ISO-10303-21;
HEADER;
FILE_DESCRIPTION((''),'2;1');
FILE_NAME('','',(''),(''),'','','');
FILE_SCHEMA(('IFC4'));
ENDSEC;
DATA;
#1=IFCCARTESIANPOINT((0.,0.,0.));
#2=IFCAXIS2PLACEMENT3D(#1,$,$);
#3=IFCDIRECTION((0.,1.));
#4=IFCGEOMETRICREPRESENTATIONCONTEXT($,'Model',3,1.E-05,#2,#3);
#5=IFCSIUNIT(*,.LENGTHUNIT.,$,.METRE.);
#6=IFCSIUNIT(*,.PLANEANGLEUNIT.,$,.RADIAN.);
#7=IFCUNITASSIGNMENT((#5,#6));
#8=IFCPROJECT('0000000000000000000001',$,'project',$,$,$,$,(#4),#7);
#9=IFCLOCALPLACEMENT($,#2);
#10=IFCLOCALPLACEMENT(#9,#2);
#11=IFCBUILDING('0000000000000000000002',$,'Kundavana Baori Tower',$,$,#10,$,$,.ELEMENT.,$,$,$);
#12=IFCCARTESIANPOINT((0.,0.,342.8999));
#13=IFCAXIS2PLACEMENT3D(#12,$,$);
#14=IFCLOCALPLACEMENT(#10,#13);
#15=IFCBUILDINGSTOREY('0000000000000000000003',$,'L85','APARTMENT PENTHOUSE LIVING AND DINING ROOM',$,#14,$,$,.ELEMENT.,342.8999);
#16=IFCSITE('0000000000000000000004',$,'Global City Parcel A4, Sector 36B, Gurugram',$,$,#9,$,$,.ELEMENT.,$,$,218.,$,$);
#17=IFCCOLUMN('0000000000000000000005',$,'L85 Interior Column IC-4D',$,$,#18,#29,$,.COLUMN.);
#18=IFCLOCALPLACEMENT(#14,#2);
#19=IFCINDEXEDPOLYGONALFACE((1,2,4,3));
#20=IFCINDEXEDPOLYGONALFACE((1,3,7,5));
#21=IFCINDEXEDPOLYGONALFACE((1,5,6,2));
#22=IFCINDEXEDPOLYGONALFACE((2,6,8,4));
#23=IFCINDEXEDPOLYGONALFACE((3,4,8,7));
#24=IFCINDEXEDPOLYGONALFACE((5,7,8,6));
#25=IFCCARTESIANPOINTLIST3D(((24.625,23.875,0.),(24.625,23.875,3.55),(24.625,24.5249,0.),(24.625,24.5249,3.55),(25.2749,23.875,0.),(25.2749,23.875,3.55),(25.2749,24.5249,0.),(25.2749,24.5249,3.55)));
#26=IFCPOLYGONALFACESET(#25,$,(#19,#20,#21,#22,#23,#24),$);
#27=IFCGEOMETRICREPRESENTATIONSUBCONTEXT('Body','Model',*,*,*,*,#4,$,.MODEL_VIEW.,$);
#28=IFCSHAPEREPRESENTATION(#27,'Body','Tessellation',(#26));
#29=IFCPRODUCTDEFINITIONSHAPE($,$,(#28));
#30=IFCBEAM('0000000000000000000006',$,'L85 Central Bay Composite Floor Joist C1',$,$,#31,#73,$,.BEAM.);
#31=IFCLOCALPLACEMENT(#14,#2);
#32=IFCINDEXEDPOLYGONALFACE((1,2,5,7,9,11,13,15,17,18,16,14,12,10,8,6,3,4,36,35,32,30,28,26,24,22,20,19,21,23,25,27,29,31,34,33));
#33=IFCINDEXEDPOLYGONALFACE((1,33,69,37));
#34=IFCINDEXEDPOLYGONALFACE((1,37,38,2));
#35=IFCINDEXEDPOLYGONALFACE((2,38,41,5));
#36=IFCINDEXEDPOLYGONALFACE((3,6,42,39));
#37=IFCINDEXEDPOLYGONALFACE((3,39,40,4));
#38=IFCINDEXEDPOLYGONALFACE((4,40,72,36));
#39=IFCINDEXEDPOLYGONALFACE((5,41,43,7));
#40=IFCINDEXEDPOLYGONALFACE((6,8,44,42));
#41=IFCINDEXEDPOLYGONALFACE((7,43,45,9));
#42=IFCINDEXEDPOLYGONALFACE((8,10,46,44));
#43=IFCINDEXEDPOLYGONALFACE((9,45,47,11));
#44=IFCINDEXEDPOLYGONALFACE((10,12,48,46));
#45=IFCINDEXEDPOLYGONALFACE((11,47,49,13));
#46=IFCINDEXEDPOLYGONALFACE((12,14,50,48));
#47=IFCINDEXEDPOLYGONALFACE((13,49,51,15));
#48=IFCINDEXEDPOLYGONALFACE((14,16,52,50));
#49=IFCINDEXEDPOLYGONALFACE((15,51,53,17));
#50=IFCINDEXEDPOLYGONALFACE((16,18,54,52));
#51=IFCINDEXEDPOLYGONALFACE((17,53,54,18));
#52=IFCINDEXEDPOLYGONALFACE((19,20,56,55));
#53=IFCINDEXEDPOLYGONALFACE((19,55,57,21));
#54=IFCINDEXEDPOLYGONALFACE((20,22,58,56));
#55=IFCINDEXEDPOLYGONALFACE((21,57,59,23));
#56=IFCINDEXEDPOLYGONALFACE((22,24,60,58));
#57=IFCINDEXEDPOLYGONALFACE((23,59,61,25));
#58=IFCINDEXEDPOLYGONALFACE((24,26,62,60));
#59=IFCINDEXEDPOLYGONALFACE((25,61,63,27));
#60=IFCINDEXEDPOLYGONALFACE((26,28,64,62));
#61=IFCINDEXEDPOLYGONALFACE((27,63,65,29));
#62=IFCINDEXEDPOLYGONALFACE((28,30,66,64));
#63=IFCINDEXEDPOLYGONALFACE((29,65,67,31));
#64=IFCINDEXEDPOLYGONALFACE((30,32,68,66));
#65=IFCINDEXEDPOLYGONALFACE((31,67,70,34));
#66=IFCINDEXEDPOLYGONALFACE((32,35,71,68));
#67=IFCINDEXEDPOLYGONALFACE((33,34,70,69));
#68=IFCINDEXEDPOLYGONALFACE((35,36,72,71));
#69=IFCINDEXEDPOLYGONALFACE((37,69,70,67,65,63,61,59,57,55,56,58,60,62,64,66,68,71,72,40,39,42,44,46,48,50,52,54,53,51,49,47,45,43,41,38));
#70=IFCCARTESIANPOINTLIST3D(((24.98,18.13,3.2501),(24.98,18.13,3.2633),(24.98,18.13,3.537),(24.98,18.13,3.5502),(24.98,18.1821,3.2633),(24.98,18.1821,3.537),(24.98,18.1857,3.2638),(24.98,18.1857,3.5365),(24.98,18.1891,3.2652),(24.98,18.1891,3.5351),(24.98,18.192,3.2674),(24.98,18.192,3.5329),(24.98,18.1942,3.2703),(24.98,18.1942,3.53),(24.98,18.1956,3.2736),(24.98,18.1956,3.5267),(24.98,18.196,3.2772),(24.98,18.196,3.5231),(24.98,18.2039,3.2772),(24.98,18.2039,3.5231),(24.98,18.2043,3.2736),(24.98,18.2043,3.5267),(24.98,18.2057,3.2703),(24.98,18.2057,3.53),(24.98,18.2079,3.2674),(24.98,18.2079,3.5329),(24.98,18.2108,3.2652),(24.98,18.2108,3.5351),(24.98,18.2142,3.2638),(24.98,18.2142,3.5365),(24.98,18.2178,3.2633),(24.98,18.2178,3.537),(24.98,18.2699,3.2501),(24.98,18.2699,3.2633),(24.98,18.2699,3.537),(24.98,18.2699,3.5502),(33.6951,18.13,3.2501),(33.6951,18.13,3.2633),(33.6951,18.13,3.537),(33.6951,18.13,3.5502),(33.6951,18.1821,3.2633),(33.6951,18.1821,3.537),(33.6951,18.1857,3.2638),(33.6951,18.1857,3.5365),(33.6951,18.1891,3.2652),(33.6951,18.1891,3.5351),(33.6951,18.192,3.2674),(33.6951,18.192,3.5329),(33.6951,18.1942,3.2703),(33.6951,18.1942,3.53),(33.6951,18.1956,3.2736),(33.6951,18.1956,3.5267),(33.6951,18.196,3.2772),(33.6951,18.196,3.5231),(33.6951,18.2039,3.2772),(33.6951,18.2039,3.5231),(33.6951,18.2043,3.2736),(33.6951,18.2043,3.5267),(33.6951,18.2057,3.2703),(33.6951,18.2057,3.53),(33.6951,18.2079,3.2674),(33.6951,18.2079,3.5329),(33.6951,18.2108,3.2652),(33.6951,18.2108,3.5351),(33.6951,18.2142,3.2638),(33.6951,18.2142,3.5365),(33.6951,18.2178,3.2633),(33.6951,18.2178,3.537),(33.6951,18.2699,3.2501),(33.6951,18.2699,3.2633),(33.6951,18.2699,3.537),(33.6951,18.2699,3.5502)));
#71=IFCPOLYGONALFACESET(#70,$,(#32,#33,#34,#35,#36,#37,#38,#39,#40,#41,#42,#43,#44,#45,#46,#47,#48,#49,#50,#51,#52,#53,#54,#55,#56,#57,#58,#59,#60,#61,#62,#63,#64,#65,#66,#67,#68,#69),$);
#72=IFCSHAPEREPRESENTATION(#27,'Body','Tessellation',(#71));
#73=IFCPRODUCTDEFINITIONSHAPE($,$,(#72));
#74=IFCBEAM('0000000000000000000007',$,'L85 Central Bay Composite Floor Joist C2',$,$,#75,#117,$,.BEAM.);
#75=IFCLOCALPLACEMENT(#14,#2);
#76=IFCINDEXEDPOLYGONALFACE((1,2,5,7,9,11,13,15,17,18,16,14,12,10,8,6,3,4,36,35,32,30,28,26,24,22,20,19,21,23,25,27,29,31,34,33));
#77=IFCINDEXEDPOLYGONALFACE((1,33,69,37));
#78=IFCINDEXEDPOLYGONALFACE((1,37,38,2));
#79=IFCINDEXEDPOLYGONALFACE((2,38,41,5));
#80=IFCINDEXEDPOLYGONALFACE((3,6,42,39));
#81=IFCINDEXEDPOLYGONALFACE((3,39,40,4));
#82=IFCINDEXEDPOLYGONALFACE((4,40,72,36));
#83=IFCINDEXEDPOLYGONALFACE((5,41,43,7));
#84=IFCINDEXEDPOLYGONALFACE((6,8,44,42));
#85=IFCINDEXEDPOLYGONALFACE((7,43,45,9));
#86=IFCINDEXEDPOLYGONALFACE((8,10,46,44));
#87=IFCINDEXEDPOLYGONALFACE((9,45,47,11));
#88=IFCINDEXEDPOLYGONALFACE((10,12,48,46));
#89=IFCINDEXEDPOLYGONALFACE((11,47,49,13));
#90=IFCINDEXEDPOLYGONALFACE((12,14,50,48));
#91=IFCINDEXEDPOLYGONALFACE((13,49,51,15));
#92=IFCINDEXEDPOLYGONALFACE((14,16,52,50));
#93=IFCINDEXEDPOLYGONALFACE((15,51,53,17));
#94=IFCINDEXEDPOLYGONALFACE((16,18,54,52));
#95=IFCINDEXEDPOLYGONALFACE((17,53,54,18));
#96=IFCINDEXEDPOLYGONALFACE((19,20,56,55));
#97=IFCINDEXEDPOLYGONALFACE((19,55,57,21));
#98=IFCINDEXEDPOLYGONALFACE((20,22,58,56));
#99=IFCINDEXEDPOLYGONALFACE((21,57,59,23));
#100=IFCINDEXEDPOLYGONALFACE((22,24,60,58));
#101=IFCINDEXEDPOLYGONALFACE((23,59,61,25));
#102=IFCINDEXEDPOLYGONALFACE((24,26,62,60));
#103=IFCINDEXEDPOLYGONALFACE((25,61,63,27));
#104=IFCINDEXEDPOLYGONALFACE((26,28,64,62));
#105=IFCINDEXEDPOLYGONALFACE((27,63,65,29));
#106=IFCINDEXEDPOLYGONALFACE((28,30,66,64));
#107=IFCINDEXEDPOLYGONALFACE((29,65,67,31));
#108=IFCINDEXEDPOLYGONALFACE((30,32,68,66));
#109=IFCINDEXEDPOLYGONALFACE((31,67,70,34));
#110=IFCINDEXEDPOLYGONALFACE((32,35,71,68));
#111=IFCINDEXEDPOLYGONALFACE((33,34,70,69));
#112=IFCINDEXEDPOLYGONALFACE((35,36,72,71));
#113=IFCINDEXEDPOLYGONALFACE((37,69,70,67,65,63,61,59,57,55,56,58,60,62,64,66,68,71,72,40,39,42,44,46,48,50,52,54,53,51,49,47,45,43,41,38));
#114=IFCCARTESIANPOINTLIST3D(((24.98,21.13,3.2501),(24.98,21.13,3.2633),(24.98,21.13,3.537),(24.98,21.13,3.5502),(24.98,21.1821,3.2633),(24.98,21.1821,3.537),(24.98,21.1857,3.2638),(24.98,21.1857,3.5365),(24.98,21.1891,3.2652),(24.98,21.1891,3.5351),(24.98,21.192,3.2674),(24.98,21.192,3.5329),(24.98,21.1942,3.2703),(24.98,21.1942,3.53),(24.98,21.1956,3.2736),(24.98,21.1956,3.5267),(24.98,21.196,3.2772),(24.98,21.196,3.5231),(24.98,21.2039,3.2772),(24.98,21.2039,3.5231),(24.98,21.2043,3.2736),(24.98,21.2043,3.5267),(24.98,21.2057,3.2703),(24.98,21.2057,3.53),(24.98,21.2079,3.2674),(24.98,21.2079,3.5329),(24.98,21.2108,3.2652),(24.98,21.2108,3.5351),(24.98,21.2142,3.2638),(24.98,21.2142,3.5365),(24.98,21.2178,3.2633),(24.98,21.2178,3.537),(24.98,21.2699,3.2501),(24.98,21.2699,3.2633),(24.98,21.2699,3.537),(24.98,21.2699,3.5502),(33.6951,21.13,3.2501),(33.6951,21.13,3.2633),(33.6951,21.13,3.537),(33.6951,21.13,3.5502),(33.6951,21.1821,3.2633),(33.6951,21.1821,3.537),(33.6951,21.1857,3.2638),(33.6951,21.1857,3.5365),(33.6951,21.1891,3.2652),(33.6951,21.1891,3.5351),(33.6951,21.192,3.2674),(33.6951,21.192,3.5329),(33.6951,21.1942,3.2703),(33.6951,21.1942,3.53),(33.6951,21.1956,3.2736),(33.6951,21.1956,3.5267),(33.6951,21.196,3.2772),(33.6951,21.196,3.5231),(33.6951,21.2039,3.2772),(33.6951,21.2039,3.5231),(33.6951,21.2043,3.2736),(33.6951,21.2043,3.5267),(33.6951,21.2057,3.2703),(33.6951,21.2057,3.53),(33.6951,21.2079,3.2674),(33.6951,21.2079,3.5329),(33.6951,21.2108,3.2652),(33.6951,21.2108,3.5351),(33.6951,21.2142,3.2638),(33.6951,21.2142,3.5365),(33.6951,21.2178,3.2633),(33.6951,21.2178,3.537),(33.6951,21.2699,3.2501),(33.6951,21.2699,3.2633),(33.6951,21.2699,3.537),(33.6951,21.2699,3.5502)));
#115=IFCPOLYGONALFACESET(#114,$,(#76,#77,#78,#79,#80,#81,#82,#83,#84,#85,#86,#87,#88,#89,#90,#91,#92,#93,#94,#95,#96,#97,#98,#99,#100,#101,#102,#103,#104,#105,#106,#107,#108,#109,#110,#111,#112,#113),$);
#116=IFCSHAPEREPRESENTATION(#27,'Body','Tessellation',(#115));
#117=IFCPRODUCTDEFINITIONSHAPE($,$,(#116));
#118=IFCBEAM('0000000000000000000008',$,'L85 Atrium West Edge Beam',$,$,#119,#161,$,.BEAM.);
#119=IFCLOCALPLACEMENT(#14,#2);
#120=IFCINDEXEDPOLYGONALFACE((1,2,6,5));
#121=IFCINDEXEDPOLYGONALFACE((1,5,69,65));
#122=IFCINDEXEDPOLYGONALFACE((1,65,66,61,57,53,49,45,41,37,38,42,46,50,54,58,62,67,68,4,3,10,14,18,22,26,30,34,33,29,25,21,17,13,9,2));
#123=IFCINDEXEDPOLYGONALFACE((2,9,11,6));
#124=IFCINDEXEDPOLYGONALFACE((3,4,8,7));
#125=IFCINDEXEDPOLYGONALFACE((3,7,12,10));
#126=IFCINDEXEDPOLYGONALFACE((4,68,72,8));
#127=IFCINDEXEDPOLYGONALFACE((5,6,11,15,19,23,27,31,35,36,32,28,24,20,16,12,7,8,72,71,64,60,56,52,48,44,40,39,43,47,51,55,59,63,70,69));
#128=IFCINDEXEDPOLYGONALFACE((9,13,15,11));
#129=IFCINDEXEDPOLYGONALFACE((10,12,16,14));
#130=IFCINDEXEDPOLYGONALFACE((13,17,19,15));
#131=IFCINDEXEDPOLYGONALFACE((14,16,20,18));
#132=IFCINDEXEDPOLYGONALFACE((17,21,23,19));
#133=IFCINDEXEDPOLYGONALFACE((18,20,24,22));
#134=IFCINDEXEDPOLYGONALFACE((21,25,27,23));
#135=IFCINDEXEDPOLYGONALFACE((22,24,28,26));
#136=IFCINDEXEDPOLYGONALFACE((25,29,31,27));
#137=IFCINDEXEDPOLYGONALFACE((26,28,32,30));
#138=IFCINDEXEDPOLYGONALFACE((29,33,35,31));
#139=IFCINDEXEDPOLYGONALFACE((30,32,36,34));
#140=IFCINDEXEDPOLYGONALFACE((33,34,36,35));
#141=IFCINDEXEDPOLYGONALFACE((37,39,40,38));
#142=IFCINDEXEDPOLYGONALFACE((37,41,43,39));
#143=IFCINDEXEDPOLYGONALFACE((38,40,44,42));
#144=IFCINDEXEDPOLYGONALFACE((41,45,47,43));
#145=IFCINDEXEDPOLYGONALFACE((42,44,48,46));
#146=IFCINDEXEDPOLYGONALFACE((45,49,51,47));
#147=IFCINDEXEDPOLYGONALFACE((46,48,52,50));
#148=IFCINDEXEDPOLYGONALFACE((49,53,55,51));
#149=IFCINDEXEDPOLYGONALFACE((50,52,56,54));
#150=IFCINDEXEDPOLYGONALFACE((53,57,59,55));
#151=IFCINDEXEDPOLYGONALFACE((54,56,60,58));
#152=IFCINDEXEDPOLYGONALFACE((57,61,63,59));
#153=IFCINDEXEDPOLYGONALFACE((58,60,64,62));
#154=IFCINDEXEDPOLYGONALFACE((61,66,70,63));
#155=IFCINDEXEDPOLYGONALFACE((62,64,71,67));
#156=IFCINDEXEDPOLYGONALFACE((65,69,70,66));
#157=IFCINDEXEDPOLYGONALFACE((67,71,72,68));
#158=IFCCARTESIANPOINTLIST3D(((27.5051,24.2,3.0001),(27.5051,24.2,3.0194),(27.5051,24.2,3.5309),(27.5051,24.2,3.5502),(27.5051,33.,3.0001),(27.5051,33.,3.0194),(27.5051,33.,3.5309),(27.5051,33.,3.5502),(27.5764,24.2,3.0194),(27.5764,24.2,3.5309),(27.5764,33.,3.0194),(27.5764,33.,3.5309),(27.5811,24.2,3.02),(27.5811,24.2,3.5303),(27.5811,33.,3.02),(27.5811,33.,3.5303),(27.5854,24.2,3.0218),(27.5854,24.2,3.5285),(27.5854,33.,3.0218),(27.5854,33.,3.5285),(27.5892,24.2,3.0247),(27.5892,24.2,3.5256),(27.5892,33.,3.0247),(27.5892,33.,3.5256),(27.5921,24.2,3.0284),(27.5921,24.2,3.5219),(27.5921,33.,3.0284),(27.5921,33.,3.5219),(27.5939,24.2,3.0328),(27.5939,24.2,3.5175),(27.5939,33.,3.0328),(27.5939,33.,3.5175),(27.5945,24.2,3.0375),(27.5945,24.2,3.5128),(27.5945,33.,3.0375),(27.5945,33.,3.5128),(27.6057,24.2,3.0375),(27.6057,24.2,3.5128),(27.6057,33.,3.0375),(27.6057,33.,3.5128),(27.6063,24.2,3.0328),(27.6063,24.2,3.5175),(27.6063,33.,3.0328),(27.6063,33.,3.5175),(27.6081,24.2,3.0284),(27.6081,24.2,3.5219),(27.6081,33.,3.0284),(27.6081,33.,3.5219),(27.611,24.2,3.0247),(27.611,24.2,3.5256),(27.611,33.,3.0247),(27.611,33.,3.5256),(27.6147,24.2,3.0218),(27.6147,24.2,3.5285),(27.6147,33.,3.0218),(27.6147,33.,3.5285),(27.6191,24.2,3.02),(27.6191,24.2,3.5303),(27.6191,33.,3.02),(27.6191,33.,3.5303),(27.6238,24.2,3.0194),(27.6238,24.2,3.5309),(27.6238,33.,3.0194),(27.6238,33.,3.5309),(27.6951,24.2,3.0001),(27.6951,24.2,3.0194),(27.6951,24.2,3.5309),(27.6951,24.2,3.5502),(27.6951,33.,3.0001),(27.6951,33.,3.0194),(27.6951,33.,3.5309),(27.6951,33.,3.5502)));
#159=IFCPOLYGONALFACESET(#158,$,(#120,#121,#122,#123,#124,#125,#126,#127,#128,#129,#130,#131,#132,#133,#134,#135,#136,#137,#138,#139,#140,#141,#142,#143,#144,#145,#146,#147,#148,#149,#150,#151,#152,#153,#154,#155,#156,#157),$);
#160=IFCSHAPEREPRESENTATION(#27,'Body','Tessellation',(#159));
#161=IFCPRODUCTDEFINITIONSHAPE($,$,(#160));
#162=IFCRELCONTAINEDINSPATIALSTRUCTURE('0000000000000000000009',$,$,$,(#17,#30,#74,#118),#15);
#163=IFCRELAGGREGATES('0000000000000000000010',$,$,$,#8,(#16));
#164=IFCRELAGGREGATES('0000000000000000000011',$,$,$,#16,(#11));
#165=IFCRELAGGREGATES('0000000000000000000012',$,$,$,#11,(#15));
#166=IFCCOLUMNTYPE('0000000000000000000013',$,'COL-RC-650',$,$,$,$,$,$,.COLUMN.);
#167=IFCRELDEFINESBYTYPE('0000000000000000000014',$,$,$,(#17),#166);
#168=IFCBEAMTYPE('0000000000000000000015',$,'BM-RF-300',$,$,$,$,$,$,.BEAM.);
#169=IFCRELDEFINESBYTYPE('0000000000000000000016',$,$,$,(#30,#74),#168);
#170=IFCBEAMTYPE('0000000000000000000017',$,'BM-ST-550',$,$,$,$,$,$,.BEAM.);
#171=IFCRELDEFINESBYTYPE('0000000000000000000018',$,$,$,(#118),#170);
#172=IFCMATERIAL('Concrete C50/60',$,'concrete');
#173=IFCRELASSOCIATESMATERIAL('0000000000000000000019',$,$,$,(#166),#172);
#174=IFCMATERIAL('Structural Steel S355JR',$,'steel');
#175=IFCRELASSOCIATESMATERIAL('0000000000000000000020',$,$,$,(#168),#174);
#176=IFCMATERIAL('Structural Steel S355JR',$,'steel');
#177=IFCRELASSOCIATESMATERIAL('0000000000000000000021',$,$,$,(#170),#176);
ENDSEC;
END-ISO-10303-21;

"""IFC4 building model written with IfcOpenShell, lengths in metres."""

from ifc_helpers import new_model, si_unit, direction, frame, origin, origin_2d, place, context, subcontext, project, spatial, rectangle, i_section, extrude, material, material_profile, profile_set, type_object, element, save


model = new_model("IFC4")

# Units and contexts
model_context = context("Model", 3, precision=1e-05, world=origin(), true_north=direction((0.0, 1.0)))
body_context = subcontext(model_context, "Body", "Model", "MODEL_VIEW")
ifc_project = project(units=[si_unit("LENGTHUNIT", "METRE"), si_unit("PLANEANGLEUNIT", "RADIAN")], contexts=[model_context])

# Site, building, storey
site_placement = place(None, origin())
site = spatial("IfcSite", under=ifc_project, at=site_placement, Name="Global City Parcel A4, Sector 36B, Gurugram", CompositionType="ELEMENT", RefElevation=218.0)
building_placement = place(site_placement, origin())
building = spatial("IfcBuilding", under=site, at=building_placement, Name="Kundavana Baori Tower", CompositionType="ELEMENT")
storey_placement = place(building_placement, frame((0.0, 0.0, 342.8999)))
storey = spatial("IfcBuildingStorey", under=building, at=storey_placement, Name="L85", Description="APARTMENT PENTHOUSE LIVING AND DINING ROOM", CompositionType="ELEMENT", Elevation=342.8999)

# Column
ifc_material_1 = material(Name="Concrete C50/60", Category="concrete")
ifc_material_profile_1 = material_profile(ifc_material_1, rectangle(XDim=0.6499, YDim=0.6499, at=origin_2d()), Name="RC 650x650")
ifc_profile_set_1 = profile_set([ifc_material_profile_1], Name="Concrete C50/60")
column_type = type_object("IfcColumnType", Name="COL-RC-650", PredefinedType="COLUMN", material=ifc_profile_set_1)
column_placement = place(storey_placement, frame((24.95, 24.2, 0.0), z_axis=(0.0, 0.0, 1.0), x_axis=(1.0, 0.0, 0.0)))
element("IfcColumn", 1, at=column_placement, inside=storey, type_object=column_type, Name="L85 Interior Column IC-4D", PredefinedType="COLUMN", context=body_context, shape_type="SweptSolid", body=[
    extrude(rectangle(XDim=0.6499, YDim=0.6499, at=origin_2d()), origin(), (0.0, 0.0, 1.0), 3.55),
])

# Beams
ifc_material_2 = material(Name="Structural Steel S355JR", Category="steel")
ifc_material_profile_2 = material_profile(ifc_material_2, i_section(OverallWidth=0.1399, OverallDepth=0.3, WebThickness=0.0078, FlangeThickness=0.0132, FilletRadius=0.0139, at=origin_2d()), Name="ISMB 300")
ifc_profile_set_2 = profile_set([ifc_material_profile_2], Name="Structural Steel S355JR")
beam_type_1 = type_object("IfcBeamType", Name="BM-RF-300", PredefinedType="BEAM", material=ifc_profile_set_2)
for number, where, z_axis, x_axis, name in (
    (2, (24.98, 18.2, 3.4001), (1.0, 0.0, 0.0), (0.0, 1.0, 0.0), "L85 Central Bay Composite Floor Joist C1"),
    (3, (24.98, 21.2, 3.4001), (1.0, 0.0, 0.0), (0.0, 1.0, 0.0), "L85 Central Bay Composite Floor Joist C2"),
):
    element("IfcBeam", number, at=place(storey_placement, frame(where, z_axis=z_axis, x_axis=x_axis)), inside=storey, type_object=beam_type_1, Name=name, PredefinedType="BEAM", context=body_context, shape_type="SweptSolid", body=[
        extrude(i_section(OverallWidth=0.1399, OverallDepth=0.3, WebThickness=0.0078, FlangeThickness=0.0132, FilletRadius=0.0139, at=origin_2d()), origin(), (0.0, 0.0, 1.0), 8.7151),
    ])
ifc_material_3 = material(Name="Structural Steel S355JR", Category="steel")
ifc_material_profile_3 = material_profile(ifc_material_3, i_section(OverallWidth=0.1899, OverallDepth=0.55, WebThickness=0.0112, FlangeThickness=0.0193, FilletRadius=0.0181, at=origin_2d()), Name="ISMB 550")
ifc_profile_set_3 = profile_set([ifc_material_profile_3], Name="Structural Steel S355JR")
beam_type_2 = type_object("IfcBeamType", Name="BM-ST-550", PredefinedType="BEAM", material=ifc_profile_set_3)
beam_1_placement = place(storey_placement, frame((27.6001, 24.2, 3.2751), z_axis=(0.0, 1.0, 0.0), x_axis=(-1.0, 0.0, 0.0)))
element("IfcBeam", 4, at=beam_1_placement, inside=storey, type_object=beam_type_2, Name="L85 Atrium West Edge Beam", PredefinedType="BEAM", context=body_context, shape_type="SweptSolid", body=[
    extrude(i_section(OverallWidth=0.1899, OverallDepth=0.55, WebThickness=0.0112, FlangeThickness=0.0193, FilletRadius=0.0181, at=origin_2d()), origin(), (0.0, 0.0, 1.0), 8.8),
])

save(model, "model.ifc")
